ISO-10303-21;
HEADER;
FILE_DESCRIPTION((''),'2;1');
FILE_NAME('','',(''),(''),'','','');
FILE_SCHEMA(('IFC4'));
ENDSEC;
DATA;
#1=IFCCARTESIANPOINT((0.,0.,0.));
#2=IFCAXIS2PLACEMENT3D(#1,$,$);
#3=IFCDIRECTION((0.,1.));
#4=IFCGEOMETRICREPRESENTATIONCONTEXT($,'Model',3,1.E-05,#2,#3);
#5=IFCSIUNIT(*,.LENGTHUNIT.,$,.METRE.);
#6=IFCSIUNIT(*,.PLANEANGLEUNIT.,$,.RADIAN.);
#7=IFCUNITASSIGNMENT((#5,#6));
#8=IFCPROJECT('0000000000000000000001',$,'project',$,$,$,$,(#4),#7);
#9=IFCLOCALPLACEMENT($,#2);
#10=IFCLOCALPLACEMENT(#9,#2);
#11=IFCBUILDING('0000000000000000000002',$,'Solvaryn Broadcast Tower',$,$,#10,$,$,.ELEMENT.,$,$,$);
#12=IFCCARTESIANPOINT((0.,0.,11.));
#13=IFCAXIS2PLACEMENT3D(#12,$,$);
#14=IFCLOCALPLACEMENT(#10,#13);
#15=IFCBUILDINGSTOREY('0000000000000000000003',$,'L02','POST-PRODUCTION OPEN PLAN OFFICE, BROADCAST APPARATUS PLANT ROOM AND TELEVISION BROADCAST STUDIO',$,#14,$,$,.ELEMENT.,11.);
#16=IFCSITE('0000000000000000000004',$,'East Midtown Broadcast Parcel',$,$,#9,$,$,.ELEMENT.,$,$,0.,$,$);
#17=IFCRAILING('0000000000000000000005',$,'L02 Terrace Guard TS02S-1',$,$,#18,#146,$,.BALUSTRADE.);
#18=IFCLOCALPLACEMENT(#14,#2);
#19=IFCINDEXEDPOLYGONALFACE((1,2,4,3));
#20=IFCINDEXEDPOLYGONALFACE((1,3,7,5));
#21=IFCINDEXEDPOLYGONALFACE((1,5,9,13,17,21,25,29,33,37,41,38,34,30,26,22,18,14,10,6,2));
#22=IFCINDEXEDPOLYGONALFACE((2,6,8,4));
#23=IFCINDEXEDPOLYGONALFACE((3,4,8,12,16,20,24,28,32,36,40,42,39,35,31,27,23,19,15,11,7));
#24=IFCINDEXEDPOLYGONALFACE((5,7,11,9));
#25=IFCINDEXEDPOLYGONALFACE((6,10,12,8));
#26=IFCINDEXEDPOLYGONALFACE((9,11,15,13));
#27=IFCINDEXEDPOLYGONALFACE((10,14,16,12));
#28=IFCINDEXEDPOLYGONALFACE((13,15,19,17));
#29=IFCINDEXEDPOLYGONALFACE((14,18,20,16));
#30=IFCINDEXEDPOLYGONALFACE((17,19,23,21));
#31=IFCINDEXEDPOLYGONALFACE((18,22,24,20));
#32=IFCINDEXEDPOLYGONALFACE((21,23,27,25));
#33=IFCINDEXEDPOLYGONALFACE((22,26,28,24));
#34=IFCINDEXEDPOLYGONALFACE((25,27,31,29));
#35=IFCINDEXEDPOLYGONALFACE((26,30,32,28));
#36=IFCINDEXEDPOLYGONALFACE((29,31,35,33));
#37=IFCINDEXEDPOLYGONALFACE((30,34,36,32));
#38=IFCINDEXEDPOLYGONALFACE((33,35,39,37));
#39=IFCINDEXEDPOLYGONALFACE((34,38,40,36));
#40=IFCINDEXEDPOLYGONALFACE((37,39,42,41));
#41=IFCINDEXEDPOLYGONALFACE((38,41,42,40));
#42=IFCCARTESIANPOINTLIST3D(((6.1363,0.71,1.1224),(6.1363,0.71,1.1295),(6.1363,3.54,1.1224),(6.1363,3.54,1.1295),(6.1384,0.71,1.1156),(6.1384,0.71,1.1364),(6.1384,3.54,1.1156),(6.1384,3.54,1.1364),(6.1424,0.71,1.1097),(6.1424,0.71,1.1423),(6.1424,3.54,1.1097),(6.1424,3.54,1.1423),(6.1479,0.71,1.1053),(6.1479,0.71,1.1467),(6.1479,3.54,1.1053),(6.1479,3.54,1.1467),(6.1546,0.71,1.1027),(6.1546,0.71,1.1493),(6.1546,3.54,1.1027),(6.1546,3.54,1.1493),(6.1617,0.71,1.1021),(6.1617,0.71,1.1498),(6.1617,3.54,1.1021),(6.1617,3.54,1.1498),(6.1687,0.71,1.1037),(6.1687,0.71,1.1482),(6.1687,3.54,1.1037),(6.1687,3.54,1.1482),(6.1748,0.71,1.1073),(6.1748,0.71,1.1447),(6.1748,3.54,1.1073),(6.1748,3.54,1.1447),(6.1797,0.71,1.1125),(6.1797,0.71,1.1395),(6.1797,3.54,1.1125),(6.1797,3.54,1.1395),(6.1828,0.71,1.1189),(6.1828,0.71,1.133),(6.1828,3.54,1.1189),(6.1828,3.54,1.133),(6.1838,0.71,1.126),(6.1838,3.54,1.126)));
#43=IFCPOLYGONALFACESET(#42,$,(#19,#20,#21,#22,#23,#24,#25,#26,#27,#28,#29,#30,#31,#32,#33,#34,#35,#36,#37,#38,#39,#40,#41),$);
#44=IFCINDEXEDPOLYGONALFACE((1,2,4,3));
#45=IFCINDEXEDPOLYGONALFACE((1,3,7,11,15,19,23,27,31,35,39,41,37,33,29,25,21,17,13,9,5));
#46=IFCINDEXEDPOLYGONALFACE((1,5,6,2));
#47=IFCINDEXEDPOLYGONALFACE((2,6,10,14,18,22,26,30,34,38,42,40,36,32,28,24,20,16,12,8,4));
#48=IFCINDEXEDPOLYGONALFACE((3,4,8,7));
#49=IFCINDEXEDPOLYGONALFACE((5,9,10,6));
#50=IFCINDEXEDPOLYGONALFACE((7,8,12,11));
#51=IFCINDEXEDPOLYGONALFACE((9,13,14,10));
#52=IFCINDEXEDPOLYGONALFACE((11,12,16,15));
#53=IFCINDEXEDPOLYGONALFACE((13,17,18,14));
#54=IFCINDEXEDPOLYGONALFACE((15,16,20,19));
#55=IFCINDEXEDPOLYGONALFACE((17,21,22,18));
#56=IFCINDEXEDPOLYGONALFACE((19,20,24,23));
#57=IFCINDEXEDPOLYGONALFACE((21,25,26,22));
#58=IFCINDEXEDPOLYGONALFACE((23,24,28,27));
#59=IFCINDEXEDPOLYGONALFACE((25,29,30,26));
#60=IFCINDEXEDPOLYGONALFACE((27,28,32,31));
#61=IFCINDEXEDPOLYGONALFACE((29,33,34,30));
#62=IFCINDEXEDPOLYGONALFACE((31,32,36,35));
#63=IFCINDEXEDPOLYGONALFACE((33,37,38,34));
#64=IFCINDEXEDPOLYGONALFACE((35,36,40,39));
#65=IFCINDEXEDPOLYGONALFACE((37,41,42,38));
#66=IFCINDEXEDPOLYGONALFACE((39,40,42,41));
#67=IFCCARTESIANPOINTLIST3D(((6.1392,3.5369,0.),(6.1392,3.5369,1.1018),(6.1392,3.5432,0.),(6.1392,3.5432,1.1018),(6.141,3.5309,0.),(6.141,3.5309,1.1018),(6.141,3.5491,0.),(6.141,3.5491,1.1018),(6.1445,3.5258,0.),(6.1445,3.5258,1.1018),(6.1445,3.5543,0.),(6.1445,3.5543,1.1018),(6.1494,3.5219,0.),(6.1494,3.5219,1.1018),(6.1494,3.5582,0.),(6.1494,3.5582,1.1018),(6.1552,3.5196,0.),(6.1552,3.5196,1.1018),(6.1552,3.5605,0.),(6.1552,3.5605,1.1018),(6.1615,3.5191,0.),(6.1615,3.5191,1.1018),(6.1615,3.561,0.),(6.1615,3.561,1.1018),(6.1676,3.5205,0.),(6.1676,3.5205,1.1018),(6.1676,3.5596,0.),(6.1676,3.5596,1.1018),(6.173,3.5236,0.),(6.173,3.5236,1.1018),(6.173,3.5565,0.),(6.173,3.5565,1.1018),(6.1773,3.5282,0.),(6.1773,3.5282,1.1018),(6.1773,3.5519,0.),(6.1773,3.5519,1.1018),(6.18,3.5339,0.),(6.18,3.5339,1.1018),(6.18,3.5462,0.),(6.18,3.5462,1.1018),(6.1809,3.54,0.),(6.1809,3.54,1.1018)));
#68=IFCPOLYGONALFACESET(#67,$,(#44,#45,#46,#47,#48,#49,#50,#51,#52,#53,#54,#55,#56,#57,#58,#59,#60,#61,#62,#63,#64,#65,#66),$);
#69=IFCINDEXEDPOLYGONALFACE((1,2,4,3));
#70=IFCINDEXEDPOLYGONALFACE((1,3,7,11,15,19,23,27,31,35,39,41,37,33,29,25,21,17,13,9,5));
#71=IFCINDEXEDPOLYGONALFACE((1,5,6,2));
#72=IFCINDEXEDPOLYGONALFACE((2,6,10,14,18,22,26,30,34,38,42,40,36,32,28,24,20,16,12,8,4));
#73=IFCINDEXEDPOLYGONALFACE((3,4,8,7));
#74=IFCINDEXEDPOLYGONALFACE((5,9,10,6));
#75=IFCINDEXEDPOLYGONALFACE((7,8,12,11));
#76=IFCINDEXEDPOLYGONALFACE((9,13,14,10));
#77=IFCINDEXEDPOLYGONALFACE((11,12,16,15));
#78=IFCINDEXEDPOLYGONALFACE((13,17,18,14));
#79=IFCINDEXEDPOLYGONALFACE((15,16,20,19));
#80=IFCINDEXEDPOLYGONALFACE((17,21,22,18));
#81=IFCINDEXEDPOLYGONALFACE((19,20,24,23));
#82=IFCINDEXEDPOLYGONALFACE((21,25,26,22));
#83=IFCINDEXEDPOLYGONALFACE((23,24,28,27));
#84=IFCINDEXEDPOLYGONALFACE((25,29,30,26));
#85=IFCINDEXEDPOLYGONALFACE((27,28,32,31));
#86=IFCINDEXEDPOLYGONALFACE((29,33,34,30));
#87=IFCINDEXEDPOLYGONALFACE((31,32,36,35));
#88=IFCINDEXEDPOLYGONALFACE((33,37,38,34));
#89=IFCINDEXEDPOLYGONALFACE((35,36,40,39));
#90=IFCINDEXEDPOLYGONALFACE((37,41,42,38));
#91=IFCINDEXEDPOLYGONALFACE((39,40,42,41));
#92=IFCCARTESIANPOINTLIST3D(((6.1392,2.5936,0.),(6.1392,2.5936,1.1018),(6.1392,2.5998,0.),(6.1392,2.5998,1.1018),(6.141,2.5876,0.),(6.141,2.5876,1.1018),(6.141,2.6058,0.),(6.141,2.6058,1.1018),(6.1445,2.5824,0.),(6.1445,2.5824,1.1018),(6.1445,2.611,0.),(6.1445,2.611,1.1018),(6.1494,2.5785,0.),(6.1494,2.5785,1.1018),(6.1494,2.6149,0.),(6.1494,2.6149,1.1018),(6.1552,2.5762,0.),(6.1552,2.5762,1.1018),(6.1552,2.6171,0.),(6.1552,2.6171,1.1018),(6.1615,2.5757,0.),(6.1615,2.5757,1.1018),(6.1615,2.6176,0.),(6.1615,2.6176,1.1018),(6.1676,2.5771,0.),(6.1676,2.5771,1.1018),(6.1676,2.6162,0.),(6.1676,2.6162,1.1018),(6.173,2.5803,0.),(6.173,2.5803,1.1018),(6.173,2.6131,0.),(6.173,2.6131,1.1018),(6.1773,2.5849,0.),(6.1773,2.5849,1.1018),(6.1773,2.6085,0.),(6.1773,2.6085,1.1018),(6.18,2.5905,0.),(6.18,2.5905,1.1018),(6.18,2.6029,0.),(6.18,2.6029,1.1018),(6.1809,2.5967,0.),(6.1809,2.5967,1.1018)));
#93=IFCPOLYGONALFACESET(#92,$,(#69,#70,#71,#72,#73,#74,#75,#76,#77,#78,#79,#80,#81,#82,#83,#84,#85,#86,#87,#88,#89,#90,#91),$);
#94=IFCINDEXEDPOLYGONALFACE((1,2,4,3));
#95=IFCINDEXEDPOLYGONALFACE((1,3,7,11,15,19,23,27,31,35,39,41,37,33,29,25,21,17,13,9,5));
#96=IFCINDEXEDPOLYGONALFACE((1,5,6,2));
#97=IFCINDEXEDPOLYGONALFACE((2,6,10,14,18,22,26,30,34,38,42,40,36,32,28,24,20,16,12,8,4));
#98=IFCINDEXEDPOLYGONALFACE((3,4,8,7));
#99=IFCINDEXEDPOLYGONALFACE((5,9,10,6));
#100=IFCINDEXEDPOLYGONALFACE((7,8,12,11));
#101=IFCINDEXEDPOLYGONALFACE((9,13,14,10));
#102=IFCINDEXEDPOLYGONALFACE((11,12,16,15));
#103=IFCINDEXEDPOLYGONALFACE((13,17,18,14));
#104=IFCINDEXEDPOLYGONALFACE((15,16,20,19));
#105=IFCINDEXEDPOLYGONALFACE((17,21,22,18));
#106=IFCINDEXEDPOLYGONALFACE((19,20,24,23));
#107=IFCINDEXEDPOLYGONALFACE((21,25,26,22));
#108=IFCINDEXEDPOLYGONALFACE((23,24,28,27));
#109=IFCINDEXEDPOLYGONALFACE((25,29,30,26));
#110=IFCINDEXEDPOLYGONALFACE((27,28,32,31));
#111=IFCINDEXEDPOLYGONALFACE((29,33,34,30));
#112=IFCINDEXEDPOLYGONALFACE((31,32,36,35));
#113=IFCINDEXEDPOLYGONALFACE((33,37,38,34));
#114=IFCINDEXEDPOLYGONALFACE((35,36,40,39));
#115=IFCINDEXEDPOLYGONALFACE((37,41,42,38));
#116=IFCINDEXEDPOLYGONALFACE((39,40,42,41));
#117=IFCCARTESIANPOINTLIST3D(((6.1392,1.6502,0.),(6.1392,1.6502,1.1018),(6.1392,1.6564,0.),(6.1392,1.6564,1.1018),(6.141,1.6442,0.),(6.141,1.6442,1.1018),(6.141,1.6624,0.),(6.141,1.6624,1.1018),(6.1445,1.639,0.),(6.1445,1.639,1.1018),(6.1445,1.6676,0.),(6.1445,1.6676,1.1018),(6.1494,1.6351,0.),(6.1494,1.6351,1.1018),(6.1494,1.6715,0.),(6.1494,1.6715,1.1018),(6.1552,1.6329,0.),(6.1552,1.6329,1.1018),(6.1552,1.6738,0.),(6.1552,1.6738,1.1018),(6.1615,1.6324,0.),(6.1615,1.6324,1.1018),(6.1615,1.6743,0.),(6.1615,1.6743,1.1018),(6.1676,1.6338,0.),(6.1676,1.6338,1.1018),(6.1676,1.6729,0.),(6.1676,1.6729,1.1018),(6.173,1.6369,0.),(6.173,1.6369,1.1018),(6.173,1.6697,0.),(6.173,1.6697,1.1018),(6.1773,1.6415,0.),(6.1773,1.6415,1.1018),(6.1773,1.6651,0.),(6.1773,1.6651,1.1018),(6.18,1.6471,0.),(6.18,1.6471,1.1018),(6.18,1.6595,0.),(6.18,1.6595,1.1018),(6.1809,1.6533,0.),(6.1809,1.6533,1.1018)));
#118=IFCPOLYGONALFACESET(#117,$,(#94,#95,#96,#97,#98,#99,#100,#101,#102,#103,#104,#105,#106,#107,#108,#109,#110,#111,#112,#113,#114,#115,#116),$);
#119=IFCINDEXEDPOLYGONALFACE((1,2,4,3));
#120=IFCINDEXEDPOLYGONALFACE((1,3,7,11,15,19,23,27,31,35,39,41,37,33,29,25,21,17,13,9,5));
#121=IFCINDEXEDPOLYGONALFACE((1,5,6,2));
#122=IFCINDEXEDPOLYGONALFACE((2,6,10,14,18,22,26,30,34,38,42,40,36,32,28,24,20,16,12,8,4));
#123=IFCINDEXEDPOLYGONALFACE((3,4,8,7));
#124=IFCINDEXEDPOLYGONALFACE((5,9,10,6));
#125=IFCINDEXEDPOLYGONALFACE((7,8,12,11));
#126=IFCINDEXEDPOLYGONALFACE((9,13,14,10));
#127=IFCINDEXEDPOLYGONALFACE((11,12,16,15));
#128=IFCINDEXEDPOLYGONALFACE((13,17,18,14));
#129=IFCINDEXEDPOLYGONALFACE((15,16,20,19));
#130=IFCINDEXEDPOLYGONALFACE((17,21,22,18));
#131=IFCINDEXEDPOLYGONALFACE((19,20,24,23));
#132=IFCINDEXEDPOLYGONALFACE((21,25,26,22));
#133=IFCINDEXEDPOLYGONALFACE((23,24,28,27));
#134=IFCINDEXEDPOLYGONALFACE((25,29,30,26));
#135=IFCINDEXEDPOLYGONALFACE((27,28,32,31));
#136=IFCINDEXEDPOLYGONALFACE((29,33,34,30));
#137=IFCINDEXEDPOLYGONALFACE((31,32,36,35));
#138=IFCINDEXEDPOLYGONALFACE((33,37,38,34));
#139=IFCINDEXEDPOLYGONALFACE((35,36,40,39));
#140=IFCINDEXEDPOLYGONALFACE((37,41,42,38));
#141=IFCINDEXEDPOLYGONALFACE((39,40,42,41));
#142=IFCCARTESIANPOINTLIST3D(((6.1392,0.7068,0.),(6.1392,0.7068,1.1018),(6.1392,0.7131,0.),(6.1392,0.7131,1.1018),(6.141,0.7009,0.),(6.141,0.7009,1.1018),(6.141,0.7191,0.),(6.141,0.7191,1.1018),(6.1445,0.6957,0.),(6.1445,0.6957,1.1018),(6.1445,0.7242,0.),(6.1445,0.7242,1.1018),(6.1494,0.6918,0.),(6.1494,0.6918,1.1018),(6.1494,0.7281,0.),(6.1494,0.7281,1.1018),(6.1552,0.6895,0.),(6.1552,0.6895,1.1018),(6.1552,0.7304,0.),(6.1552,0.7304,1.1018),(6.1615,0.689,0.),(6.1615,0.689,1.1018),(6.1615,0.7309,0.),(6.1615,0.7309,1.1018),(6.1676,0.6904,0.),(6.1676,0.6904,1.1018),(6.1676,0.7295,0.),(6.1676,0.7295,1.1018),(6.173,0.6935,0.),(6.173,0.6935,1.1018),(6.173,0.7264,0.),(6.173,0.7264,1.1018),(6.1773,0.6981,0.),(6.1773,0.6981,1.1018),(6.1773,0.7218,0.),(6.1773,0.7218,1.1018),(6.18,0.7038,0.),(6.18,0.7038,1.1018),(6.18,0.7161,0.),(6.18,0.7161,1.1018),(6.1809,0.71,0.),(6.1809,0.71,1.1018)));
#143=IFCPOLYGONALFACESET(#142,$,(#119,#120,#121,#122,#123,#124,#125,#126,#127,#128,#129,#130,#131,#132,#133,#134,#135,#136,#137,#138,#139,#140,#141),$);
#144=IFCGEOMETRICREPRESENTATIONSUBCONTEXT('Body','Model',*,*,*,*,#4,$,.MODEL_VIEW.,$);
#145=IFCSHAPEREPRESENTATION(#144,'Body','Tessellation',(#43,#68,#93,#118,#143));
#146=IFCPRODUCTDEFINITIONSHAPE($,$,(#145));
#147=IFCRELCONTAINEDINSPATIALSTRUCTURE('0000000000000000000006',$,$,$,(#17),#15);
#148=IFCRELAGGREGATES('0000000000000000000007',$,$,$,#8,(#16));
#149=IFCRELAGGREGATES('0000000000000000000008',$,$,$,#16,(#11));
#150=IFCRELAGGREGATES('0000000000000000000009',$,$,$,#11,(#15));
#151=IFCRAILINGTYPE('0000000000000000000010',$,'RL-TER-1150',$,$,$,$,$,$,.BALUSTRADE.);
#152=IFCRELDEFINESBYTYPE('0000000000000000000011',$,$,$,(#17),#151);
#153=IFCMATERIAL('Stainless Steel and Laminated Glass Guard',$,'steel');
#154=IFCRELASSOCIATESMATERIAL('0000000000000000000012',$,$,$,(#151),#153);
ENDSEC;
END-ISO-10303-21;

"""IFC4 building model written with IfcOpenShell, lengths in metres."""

from ifc_helpers import new_model, si_unit, direction, frame, origin, origin_2d, place, context, subcontext, project, spatial, circle, extrude, material, type_object, element, save


model = new_model("IFC4")

# Units and contexts
model_context = context("Model", 3, precision=1e-05, world=origin(), true_north=direction((0.0, 1.0)))
body_context = subcontext(model_context, "Body", "Model", "MODEL_VIEW")
ifc_project = project(units=[si_unit("LENGTHUNIT", "METRE"), si_unit("PLANEANGLEUNIT", "RADIAN")], contexts=[model_context])

# Site, building, storey
site_placement = place(None, origin())
site = spatial("IfcSite", under=ifc_project, at=site_placement, Name="East Midtown Broadcast Parcel", CompositionType="ELEMENT", RefElevation=0.0)
building_placement = place(site_placement, origin())
building = spatial("IfcBuilding", under=site, at=building_placement, Name="Solvaryn Broadcast Tower", CompositionType="ELEMENT")
storey_placement = place(building_placement, frame((0.0, 0.0, 11.0)))
storey = spatial("IfcBuildingStorey", under=building, at=storey_placement, Name="L02", Description="POST-PRODUCTION OPEN PLAN OFFICE, BROADCAST APPARATUS PLANT ROOM AND TELEVISION BROADCAST STUDIO", CompositionType="ELEMENT", Elevation=11.0)

# Railing
ifc_material_1 = material(Name="Stainless Steel and Laminated Glass Guard", Category="steel")
railing_type = type_object("IfcRailingType", Name="RL-TER-1150", PredefinedType="BALUSTRADE", material=ifc_material_1)
railing_1_placement = place(storey_placement, frame((6.1599, 3.54, 0.0)))
element("IfcRailing", 1, at=railing_1_placement, inside=storey, type_object=railing_type, Name="L02 Terrace Guard TS02S-1", PredefinedType="BALUSTRADE", context=body_context, shape_type="SweptSolid", body=[
    extrude(circle(Radius=0.0239, at=origin_2d()), frame((0.0, 0.0, 1.126), z_axis=(0.0, -1.0, 0.0), x_axis=(1.0, 0.0, 0.0)), (0.0, 0.0, 1.0), 2.8301),
    extrude(circle(Radius=0.021, at=origin_2d()), origin(), (0.0, 0.0, 1.0), 1.1018),
    extrude(circle(Radius=0.021, at=origin_2d()), frame((0.0, -0.9434, 0.0)), (0.0, 0.0, 1.0), 1.1018),
    extrude(circle(Radius=0.021, at=origin_2d()), frame((0.0, -1.8867, 0.0)), (0.0, 0.0, 1.0), 1.1018),
    extrude(circle(Radius=0.021, at=origin_2d()), frame((0.0, -2.8301, 0.0)), (0.0, 0.0, 1.0), 1.1018),
])

save(model, "model.ifc")
